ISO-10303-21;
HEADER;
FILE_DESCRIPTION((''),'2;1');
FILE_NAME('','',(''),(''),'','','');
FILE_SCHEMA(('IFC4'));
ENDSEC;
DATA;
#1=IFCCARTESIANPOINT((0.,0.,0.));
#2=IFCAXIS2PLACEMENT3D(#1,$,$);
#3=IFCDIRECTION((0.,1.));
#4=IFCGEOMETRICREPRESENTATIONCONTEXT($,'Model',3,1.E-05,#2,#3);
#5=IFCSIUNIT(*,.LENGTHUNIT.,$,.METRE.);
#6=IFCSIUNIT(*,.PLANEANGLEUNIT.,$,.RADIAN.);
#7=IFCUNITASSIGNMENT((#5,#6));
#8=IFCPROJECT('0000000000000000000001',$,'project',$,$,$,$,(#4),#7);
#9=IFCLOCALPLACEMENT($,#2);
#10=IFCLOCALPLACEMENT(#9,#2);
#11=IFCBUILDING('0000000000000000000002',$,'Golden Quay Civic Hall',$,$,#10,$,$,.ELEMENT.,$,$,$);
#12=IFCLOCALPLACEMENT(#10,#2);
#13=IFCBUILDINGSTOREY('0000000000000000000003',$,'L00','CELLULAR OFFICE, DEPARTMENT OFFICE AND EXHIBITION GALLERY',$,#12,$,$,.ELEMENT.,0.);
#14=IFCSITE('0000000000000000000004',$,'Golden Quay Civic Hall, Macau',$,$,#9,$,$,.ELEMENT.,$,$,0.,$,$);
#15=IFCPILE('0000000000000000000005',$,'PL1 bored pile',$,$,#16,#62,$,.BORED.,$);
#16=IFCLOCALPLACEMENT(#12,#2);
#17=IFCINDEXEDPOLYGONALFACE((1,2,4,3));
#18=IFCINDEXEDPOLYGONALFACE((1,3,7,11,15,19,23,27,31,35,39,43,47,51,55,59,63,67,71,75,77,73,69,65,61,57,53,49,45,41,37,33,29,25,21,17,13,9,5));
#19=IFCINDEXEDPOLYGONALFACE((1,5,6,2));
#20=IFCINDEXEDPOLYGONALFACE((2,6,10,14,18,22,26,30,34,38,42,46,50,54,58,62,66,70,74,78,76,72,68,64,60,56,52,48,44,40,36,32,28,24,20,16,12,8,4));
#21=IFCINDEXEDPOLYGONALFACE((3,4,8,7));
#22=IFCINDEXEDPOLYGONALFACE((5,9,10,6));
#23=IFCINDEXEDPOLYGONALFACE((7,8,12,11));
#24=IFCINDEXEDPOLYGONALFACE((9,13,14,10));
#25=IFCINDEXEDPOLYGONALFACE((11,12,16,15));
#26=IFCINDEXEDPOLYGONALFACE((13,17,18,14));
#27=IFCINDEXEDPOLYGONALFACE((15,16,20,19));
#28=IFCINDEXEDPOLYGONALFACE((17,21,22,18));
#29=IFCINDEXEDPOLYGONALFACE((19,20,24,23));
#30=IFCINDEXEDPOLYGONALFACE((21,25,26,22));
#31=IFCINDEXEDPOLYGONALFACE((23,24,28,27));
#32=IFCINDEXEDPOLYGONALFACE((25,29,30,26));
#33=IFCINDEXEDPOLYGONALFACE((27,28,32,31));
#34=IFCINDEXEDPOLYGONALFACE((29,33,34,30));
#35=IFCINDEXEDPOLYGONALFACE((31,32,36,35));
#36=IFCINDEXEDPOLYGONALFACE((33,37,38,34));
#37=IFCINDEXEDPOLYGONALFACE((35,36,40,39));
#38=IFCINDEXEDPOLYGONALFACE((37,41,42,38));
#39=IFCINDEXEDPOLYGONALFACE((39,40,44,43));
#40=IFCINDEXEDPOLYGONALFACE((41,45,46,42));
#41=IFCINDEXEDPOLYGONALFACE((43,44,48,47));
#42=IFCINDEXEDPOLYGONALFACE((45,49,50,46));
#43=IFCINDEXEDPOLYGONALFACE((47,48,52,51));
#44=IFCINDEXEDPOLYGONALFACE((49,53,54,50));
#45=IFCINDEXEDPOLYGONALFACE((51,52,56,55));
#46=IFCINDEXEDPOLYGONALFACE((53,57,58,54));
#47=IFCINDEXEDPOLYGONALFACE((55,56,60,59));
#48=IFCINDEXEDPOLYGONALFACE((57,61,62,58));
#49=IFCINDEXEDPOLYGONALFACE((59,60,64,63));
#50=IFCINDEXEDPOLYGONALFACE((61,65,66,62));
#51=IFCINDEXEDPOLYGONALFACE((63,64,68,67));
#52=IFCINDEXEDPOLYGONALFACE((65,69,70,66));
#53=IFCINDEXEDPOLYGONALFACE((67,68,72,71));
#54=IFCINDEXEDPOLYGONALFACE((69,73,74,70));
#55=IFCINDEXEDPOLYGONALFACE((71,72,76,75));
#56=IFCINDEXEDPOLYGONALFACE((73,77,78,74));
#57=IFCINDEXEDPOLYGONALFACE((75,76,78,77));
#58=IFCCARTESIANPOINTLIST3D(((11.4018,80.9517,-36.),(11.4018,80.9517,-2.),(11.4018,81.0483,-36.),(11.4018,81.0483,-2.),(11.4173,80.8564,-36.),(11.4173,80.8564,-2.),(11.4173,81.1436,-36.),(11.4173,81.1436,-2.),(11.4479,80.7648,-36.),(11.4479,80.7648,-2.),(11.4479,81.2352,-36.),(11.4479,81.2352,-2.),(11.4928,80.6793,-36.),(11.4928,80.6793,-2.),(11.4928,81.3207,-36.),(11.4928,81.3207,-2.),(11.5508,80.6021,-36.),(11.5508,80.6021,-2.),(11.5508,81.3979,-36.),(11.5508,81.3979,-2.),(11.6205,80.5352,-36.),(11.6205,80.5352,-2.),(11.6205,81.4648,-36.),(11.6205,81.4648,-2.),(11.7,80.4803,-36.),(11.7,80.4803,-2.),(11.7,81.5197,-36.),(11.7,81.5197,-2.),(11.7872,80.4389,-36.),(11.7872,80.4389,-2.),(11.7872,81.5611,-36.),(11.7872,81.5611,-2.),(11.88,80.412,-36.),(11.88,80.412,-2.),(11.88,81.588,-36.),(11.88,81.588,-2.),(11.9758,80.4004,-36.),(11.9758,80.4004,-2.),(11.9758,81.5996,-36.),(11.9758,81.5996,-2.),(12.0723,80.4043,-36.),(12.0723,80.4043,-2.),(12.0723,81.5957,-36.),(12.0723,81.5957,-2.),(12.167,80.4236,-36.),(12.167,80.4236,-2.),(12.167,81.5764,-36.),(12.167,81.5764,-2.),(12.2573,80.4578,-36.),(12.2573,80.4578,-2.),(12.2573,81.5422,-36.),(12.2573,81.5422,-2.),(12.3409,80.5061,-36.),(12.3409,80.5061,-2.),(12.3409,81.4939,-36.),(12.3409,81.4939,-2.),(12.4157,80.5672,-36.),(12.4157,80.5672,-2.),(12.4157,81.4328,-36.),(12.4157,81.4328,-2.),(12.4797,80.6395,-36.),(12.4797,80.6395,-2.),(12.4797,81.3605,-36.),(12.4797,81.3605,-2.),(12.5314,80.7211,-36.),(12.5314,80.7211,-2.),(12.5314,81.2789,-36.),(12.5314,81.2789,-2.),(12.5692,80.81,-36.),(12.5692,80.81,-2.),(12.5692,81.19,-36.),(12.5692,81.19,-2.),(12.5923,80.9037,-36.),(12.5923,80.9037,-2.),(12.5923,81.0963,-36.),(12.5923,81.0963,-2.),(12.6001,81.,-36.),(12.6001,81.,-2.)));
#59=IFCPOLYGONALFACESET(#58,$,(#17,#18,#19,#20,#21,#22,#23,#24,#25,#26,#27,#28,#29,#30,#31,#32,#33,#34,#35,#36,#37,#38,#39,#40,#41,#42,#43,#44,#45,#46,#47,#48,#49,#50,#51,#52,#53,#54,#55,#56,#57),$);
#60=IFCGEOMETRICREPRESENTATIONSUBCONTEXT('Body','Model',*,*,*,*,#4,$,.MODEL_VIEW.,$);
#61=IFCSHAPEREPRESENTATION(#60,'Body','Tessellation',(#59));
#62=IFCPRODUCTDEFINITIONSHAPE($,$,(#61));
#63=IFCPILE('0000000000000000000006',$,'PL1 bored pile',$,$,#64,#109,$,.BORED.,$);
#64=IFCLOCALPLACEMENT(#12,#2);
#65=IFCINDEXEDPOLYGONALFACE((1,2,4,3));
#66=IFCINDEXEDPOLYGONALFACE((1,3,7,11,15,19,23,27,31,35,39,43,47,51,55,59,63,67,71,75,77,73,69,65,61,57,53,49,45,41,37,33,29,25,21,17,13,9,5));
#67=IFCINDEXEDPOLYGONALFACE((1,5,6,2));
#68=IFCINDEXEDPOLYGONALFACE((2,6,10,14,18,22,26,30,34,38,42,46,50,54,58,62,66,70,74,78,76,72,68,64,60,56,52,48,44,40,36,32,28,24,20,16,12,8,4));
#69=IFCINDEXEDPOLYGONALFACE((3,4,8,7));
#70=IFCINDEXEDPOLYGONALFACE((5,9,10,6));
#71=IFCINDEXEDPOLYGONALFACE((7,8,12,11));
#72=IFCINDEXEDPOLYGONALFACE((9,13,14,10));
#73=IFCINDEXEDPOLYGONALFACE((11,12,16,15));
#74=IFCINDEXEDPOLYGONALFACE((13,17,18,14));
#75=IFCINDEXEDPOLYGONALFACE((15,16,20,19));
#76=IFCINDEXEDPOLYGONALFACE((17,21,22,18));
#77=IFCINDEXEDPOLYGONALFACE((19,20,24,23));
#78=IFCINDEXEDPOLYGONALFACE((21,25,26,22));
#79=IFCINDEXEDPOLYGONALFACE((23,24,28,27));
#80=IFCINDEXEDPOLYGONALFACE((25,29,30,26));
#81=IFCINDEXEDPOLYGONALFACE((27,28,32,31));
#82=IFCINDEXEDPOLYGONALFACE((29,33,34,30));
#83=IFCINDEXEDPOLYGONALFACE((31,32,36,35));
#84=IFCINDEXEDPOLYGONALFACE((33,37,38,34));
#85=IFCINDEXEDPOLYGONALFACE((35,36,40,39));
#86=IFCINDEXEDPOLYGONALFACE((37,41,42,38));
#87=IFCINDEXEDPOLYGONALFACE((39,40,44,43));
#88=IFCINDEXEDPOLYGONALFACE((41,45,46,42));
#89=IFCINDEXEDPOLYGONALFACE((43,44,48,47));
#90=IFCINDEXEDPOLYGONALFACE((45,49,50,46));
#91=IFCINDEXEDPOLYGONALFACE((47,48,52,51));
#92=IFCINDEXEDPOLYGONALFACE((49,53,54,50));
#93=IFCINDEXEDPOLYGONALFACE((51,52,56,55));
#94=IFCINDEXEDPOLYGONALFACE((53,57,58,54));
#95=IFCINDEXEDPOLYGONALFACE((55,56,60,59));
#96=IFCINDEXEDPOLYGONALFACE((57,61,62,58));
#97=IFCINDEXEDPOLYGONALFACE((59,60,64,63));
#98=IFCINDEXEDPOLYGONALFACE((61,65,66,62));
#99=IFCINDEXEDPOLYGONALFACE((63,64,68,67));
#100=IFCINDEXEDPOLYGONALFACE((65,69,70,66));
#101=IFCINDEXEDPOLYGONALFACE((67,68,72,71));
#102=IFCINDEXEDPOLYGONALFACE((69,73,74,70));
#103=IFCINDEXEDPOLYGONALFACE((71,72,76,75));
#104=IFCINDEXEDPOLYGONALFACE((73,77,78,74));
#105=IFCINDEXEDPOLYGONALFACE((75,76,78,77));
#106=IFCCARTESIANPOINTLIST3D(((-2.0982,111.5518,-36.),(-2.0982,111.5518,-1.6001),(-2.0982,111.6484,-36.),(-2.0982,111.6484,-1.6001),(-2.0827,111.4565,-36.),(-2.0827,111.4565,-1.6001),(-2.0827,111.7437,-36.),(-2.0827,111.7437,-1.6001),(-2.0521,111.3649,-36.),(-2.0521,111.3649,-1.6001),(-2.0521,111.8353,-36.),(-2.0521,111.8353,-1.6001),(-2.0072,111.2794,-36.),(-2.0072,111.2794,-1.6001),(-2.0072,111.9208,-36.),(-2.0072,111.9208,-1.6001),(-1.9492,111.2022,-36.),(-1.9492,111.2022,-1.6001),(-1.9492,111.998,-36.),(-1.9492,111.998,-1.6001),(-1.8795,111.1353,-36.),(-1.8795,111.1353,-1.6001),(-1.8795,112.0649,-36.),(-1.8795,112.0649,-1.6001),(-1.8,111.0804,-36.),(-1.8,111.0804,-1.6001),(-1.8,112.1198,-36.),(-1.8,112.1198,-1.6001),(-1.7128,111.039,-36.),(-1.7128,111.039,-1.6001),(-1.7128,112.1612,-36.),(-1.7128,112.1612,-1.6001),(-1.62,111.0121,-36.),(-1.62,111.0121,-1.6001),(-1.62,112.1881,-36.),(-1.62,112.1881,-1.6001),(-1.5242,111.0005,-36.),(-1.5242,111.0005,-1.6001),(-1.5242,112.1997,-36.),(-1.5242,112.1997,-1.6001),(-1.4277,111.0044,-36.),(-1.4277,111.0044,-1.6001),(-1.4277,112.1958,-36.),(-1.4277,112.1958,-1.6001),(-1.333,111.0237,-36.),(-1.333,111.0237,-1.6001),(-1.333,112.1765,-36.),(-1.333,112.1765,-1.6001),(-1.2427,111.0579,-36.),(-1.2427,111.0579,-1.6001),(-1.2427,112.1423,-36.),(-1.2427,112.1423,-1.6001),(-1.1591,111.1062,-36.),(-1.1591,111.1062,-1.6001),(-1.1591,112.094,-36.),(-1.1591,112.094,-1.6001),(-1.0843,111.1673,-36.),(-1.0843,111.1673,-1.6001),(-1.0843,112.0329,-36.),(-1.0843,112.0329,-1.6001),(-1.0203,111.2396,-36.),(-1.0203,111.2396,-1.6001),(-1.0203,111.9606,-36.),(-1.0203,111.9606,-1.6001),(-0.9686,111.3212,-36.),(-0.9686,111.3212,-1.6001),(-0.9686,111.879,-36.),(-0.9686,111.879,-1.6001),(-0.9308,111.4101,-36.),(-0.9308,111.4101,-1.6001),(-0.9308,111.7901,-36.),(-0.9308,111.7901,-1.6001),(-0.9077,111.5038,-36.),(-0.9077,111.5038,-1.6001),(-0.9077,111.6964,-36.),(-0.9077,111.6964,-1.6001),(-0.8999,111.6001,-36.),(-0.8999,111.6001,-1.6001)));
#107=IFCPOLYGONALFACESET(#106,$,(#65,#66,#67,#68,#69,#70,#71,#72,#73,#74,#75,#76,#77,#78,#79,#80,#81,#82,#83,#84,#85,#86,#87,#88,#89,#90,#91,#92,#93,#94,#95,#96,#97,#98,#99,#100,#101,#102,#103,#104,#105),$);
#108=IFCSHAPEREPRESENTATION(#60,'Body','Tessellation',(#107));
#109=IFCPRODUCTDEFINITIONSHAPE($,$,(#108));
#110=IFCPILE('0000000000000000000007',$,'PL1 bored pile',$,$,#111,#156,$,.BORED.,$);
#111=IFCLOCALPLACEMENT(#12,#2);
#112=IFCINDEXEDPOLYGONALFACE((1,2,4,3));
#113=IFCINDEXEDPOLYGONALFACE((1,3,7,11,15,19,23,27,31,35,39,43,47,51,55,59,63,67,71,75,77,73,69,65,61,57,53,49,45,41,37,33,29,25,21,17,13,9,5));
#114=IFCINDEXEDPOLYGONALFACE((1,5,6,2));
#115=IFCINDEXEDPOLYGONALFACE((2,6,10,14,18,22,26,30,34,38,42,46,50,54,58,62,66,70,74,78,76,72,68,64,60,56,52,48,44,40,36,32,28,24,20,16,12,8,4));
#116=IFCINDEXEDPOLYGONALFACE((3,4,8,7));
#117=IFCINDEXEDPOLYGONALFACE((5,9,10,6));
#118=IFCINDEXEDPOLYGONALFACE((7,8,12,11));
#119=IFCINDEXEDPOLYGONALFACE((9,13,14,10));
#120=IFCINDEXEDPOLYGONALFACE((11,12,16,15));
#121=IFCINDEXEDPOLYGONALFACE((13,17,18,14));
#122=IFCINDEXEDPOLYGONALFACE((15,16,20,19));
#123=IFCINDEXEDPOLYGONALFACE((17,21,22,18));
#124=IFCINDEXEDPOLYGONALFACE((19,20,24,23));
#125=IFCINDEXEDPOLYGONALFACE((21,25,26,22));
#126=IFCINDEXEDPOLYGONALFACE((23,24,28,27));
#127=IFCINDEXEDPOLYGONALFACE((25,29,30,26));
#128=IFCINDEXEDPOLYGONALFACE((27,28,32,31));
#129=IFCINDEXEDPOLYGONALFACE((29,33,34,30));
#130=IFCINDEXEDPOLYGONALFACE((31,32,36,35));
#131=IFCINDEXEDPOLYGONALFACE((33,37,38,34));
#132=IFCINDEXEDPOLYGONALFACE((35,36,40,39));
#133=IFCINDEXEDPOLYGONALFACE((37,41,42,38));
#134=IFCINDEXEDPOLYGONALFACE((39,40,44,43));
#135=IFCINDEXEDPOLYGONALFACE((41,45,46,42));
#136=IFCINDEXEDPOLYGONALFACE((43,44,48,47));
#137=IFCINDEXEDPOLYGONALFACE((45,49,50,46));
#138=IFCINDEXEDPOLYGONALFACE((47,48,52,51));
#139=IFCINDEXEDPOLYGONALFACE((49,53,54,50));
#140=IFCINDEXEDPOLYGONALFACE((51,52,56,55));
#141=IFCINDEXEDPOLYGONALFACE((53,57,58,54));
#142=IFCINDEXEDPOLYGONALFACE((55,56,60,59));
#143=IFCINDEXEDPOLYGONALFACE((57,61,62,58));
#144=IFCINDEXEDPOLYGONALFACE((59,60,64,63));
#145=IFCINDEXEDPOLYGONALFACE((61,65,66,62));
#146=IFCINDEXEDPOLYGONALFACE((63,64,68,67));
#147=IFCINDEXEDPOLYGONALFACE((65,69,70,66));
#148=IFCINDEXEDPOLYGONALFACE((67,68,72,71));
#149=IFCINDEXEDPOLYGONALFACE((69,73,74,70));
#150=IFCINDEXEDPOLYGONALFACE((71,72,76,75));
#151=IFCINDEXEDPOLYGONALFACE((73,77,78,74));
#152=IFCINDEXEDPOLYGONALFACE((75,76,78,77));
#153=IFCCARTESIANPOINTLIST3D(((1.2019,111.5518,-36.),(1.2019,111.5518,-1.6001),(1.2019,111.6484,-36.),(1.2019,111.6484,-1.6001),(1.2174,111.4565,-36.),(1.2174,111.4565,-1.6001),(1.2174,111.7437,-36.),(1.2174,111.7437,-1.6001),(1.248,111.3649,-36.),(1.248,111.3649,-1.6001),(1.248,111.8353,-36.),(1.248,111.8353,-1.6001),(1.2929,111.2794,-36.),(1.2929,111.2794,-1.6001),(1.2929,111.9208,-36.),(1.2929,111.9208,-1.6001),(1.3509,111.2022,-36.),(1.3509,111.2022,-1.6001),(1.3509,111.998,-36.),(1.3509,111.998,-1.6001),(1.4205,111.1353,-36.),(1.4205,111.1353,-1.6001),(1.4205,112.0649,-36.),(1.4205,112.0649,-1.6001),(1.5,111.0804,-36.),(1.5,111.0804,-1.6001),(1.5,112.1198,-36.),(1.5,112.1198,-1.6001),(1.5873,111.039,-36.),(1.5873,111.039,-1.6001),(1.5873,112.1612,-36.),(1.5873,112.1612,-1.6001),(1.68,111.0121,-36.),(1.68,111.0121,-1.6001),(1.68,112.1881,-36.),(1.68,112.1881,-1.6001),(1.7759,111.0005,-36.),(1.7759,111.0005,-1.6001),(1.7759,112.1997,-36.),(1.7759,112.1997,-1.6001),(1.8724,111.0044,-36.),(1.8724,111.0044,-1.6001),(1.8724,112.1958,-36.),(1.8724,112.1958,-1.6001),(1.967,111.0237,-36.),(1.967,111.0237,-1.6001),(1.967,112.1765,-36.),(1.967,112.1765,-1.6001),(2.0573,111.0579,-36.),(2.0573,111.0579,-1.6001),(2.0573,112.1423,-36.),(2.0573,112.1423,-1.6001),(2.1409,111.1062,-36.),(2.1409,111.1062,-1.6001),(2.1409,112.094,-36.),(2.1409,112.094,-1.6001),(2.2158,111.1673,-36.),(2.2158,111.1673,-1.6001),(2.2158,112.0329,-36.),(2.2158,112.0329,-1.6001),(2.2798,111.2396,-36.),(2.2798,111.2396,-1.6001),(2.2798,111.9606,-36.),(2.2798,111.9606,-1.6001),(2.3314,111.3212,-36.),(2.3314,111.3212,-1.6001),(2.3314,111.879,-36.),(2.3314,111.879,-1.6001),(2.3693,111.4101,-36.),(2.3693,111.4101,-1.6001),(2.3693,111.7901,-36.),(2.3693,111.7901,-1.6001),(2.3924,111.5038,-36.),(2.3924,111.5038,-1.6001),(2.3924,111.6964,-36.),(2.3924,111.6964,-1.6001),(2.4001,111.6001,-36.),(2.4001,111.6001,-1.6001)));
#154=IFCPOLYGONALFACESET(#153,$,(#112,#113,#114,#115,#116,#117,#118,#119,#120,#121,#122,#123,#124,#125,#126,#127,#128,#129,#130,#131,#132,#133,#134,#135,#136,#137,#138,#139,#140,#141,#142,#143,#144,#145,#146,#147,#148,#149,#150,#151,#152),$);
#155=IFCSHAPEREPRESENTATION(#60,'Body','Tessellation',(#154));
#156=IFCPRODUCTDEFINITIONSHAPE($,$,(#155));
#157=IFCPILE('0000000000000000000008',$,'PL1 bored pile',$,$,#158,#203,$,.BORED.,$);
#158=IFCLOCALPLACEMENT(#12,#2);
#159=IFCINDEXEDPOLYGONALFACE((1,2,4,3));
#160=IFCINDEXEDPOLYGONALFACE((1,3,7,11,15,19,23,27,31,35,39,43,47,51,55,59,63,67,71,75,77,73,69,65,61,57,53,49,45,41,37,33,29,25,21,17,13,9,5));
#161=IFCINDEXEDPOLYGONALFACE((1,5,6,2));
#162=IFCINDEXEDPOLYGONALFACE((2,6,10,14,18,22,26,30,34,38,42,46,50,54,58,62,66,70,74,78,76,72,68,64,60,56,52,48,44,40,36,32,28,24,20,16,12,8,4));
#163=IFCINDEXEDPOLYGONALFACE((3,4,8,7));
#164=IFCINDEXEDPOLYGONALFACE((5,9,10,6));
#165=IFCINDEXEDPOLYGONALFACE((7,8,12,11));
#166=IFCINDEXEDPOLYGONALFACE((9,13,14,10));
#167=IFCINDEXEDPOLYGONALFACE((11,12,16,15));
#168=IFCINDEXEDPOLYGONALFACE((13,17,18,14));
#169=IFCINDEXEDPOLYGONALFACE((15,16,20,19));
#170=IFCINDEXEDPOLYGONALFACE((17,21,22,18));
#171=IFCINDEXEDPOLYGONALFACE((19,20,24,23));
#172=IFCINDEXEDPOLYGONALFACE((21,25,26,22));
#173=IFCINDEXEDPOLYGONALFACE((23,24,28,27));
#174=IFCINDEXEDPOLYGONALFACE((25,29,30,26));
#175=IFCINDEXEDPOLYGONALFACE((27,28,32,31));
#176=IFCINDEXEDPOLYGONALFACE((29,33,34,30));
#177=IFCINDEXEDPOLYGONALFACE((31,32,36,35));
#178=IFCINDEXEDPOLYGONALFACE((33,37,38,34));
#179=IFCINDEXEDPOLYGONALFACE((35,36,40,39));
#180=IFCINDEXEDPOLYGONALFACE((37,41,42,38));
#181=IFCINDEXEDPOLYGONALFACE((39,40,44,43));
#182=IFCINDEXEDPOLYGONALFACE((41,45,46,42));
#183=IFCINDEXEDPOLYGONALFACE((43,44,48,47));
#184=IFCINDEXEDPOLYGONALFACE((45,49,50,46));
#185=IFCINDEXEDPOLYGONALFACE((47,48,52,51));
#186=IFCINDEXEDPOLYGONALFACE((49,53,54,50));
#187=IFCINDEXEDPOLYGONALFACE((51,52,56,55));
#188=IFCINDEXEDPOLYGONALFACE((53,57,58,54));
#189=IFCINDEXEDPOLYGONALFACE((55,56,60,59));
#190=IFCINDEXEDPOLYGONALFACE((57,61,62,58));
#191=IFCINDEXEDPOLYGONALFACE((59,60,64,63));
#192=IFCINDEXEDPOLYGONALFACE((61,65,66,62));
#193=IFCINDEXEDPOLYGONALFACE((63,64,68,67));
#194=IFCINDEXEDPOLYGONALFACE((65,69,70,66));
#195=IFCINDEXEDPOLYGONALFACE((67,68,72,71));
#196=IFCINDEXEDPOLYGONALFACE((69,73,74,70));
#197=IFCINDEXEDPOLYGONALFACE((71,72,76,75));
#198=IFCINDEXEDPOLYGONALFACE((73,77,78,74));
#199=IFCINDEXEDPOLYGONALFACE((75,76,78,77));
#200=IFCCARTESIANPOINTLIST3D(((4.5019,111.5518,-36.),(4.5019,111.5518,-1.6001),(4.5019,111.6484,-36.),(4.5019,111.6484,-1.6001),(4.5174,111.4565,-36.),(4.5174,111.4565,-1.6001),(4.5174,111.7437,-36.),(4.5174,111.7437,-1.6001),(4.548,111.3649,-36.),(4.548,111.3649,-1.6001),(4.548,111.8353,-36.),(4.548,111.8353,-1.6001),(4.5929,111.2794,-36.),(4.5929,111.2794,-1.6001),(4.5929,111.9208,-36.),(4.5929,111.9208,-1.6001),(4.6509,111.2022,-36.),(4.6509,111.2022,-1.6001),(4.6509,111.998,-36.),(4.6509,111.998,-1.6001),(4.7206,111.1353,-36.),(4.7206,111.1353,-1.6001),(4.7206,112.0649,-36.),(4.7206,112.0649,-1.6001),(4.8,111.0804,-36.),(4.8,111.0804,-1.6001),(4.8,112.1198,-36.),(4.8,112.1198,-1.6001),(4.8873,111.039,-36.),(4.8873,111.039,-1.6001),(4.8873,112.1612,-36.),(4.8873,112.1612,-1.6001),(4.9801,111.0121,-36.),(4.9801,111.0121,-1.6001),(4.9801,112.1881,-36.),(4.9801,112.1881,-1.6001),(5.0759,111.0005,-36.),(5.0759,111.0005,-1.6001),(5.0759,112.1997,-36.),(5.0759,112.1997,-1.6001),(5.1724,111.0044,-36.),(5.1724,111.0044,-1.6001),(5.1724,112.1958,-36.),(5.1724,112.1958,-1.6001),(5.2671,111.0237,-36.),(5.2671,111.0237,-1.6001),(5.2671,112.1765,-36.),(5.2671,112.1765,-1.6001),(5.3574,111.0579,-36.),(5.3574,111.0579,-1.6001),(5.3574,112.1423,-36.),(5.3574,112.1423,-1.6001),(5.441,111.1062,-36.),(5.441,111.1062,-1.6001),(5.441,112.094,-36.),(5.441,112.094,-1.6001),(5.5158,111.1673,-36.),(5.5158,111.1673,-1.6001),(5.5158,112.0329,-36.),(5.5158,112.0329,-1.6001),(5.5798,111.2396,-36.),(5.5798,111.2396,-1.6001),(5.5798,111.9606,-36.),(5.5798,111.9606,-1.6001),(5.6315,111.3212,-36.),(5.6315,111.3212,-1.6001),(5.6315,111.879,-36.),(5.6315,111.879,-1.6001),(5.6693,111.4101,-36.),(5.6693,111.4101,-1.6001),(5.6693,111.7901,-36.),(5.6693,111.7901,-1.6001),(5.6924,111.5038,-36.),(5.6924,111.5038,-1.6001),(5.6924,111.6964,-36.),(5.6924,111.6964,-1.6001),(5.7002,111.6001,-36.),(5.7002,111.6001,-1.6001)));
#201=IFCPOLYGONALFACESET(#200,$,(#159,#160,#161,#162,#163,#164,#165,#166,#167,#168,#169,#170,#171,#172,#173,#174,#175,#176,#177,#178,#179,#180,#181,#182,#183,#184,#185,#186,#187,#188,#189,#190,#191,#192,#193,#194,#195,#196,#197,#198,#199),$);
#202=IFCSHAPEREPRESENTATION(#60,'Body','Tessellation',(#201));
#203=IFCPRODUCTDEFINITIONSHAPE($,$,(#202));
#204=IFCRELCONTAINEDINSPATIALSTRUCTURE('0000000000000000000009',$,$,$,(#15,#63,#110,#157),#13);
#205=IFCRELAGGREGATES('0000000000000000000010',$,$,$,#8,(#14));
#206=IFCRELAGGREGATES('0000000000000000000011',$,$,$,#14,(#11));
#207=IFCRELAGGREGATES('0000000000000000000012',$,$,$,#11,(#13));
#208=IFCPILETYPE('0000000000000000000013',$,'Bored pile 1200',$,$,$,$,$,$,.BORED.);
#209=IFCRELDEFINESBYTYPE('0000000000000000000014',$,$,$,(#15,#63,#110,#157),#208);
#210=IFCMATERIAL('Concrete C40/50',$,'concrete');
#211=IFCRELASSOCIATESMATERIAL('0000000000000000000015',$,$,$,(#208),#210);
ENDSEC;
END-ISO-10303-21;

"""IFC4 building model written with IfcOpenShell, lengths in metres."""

from ifc_helpers import new_model, si_unit, direction, frame, origin, origin_2d, place, context, subcontext, project, spatial, circle, extrude, material, material_profile, profile_set, type_object, element, save


model = new_model("IFC4")

# Units and contexts
model_context = context("Model", 3, precision=1e-05, world=origin(), true_north=direction((0.0, 1.0)))
body_context = subcontext(model_context, "Body", "Model", "MODEL_VIEW")
ifc_project = project(units=[si_unit("LENGTHUNIT", "METRE"), si_unit("PLANEANGLEUNIT", "RADIAN")], contexts=[model_context])

# Site, building, storey
site_placement = place(None, origin())
site = spatial("IfcSite", under=ifc_project, at=site_placement, Name="Golden Quay Civic Hall, Macau", CompositionType="ELEMENT", RefElevation=0.0)
building_placement = place(site_placement, origin())
building = spatial("IfcBuilding", under=site, at=building_placement, Name="Golden Quay Civic Hall", CompositionType="ELEMENT")
storey_placement = place(building_placement, origin())
storey = spatial("IfcBuildingStorey", under=building, at=storey_placement, Name="L00", Description="CELLULAR OFFICE, DEPARTMENT OFFICE AND EXHIBITION GALLERY", CompositionType="ELEMENT", Elevation=0.0)

# Piles
ifc_material_1 = material(Name="Concrete C40/50", Category="concrete")
ifc_material_profile_1 = material_profile(ifc_material_1, circle(Radius=0.6001, at=origin_2d()), Name="RC D1200")
ifc_profile_set_1 = profile_set([ifc_material_profile_1], Name="Concrete C40/50")
pile_type = type_object("IfcPileType", Name="Bored pile 1200", PredefinedType="BORED", material=ifc_profile_set_1)
pile_placement = place(storey_placement, frame((12.0, 81.0, -2.0), z_axis=(0.0, 0.0, -1.0), x_axis=(1.0, 0.0, 0.0)))
element("IfcPile", 1, at=pile_placement, inside=storey, type_object=pile_type, Name="PL1 bored pile", PredefinedType="BORED", context=body_context, shape_type="SweptSolid", body=[
    extrude(circle(Radius=0.6001, at=origin_2d()), origin(), (0.0, 0.0, 1.0), 34.0),
])
for number, where, z_axis, x_axis, name in (
    (2, (-1.5, 111.6001, -1.6001), (0.0, 0.0, -1.0), (1.0, 0.0, 0.0), "PL1 bored pile"),
    (3, (1.8, 111.6001, -1.6001), (0.0, 0.0, -1.0), (1.0, 0.0, 0.0), "PL1 bored pile"),
    (4, (5.1001, 111.6001, -1.6001), (0.0, 0.0, -1.0), (1.0, 0.0, 0.0), "PL1 bored pile"),
):
    element("IfcPile", number, at=place(storey_placement, frame(where, z_axis=z_axis, x_axis=x_axis)), inside=storey, type_object=pile_type, Name=name, PredefinedType="BORED", context=body_context, shape_type="SweptSolid", body=[
        extrude(circle(Radius=0.6001, at=origin_2d()), origin(), (0.0, 0.0, 1.0), 34.3999),
    ])

save(model, "model.ifc")
